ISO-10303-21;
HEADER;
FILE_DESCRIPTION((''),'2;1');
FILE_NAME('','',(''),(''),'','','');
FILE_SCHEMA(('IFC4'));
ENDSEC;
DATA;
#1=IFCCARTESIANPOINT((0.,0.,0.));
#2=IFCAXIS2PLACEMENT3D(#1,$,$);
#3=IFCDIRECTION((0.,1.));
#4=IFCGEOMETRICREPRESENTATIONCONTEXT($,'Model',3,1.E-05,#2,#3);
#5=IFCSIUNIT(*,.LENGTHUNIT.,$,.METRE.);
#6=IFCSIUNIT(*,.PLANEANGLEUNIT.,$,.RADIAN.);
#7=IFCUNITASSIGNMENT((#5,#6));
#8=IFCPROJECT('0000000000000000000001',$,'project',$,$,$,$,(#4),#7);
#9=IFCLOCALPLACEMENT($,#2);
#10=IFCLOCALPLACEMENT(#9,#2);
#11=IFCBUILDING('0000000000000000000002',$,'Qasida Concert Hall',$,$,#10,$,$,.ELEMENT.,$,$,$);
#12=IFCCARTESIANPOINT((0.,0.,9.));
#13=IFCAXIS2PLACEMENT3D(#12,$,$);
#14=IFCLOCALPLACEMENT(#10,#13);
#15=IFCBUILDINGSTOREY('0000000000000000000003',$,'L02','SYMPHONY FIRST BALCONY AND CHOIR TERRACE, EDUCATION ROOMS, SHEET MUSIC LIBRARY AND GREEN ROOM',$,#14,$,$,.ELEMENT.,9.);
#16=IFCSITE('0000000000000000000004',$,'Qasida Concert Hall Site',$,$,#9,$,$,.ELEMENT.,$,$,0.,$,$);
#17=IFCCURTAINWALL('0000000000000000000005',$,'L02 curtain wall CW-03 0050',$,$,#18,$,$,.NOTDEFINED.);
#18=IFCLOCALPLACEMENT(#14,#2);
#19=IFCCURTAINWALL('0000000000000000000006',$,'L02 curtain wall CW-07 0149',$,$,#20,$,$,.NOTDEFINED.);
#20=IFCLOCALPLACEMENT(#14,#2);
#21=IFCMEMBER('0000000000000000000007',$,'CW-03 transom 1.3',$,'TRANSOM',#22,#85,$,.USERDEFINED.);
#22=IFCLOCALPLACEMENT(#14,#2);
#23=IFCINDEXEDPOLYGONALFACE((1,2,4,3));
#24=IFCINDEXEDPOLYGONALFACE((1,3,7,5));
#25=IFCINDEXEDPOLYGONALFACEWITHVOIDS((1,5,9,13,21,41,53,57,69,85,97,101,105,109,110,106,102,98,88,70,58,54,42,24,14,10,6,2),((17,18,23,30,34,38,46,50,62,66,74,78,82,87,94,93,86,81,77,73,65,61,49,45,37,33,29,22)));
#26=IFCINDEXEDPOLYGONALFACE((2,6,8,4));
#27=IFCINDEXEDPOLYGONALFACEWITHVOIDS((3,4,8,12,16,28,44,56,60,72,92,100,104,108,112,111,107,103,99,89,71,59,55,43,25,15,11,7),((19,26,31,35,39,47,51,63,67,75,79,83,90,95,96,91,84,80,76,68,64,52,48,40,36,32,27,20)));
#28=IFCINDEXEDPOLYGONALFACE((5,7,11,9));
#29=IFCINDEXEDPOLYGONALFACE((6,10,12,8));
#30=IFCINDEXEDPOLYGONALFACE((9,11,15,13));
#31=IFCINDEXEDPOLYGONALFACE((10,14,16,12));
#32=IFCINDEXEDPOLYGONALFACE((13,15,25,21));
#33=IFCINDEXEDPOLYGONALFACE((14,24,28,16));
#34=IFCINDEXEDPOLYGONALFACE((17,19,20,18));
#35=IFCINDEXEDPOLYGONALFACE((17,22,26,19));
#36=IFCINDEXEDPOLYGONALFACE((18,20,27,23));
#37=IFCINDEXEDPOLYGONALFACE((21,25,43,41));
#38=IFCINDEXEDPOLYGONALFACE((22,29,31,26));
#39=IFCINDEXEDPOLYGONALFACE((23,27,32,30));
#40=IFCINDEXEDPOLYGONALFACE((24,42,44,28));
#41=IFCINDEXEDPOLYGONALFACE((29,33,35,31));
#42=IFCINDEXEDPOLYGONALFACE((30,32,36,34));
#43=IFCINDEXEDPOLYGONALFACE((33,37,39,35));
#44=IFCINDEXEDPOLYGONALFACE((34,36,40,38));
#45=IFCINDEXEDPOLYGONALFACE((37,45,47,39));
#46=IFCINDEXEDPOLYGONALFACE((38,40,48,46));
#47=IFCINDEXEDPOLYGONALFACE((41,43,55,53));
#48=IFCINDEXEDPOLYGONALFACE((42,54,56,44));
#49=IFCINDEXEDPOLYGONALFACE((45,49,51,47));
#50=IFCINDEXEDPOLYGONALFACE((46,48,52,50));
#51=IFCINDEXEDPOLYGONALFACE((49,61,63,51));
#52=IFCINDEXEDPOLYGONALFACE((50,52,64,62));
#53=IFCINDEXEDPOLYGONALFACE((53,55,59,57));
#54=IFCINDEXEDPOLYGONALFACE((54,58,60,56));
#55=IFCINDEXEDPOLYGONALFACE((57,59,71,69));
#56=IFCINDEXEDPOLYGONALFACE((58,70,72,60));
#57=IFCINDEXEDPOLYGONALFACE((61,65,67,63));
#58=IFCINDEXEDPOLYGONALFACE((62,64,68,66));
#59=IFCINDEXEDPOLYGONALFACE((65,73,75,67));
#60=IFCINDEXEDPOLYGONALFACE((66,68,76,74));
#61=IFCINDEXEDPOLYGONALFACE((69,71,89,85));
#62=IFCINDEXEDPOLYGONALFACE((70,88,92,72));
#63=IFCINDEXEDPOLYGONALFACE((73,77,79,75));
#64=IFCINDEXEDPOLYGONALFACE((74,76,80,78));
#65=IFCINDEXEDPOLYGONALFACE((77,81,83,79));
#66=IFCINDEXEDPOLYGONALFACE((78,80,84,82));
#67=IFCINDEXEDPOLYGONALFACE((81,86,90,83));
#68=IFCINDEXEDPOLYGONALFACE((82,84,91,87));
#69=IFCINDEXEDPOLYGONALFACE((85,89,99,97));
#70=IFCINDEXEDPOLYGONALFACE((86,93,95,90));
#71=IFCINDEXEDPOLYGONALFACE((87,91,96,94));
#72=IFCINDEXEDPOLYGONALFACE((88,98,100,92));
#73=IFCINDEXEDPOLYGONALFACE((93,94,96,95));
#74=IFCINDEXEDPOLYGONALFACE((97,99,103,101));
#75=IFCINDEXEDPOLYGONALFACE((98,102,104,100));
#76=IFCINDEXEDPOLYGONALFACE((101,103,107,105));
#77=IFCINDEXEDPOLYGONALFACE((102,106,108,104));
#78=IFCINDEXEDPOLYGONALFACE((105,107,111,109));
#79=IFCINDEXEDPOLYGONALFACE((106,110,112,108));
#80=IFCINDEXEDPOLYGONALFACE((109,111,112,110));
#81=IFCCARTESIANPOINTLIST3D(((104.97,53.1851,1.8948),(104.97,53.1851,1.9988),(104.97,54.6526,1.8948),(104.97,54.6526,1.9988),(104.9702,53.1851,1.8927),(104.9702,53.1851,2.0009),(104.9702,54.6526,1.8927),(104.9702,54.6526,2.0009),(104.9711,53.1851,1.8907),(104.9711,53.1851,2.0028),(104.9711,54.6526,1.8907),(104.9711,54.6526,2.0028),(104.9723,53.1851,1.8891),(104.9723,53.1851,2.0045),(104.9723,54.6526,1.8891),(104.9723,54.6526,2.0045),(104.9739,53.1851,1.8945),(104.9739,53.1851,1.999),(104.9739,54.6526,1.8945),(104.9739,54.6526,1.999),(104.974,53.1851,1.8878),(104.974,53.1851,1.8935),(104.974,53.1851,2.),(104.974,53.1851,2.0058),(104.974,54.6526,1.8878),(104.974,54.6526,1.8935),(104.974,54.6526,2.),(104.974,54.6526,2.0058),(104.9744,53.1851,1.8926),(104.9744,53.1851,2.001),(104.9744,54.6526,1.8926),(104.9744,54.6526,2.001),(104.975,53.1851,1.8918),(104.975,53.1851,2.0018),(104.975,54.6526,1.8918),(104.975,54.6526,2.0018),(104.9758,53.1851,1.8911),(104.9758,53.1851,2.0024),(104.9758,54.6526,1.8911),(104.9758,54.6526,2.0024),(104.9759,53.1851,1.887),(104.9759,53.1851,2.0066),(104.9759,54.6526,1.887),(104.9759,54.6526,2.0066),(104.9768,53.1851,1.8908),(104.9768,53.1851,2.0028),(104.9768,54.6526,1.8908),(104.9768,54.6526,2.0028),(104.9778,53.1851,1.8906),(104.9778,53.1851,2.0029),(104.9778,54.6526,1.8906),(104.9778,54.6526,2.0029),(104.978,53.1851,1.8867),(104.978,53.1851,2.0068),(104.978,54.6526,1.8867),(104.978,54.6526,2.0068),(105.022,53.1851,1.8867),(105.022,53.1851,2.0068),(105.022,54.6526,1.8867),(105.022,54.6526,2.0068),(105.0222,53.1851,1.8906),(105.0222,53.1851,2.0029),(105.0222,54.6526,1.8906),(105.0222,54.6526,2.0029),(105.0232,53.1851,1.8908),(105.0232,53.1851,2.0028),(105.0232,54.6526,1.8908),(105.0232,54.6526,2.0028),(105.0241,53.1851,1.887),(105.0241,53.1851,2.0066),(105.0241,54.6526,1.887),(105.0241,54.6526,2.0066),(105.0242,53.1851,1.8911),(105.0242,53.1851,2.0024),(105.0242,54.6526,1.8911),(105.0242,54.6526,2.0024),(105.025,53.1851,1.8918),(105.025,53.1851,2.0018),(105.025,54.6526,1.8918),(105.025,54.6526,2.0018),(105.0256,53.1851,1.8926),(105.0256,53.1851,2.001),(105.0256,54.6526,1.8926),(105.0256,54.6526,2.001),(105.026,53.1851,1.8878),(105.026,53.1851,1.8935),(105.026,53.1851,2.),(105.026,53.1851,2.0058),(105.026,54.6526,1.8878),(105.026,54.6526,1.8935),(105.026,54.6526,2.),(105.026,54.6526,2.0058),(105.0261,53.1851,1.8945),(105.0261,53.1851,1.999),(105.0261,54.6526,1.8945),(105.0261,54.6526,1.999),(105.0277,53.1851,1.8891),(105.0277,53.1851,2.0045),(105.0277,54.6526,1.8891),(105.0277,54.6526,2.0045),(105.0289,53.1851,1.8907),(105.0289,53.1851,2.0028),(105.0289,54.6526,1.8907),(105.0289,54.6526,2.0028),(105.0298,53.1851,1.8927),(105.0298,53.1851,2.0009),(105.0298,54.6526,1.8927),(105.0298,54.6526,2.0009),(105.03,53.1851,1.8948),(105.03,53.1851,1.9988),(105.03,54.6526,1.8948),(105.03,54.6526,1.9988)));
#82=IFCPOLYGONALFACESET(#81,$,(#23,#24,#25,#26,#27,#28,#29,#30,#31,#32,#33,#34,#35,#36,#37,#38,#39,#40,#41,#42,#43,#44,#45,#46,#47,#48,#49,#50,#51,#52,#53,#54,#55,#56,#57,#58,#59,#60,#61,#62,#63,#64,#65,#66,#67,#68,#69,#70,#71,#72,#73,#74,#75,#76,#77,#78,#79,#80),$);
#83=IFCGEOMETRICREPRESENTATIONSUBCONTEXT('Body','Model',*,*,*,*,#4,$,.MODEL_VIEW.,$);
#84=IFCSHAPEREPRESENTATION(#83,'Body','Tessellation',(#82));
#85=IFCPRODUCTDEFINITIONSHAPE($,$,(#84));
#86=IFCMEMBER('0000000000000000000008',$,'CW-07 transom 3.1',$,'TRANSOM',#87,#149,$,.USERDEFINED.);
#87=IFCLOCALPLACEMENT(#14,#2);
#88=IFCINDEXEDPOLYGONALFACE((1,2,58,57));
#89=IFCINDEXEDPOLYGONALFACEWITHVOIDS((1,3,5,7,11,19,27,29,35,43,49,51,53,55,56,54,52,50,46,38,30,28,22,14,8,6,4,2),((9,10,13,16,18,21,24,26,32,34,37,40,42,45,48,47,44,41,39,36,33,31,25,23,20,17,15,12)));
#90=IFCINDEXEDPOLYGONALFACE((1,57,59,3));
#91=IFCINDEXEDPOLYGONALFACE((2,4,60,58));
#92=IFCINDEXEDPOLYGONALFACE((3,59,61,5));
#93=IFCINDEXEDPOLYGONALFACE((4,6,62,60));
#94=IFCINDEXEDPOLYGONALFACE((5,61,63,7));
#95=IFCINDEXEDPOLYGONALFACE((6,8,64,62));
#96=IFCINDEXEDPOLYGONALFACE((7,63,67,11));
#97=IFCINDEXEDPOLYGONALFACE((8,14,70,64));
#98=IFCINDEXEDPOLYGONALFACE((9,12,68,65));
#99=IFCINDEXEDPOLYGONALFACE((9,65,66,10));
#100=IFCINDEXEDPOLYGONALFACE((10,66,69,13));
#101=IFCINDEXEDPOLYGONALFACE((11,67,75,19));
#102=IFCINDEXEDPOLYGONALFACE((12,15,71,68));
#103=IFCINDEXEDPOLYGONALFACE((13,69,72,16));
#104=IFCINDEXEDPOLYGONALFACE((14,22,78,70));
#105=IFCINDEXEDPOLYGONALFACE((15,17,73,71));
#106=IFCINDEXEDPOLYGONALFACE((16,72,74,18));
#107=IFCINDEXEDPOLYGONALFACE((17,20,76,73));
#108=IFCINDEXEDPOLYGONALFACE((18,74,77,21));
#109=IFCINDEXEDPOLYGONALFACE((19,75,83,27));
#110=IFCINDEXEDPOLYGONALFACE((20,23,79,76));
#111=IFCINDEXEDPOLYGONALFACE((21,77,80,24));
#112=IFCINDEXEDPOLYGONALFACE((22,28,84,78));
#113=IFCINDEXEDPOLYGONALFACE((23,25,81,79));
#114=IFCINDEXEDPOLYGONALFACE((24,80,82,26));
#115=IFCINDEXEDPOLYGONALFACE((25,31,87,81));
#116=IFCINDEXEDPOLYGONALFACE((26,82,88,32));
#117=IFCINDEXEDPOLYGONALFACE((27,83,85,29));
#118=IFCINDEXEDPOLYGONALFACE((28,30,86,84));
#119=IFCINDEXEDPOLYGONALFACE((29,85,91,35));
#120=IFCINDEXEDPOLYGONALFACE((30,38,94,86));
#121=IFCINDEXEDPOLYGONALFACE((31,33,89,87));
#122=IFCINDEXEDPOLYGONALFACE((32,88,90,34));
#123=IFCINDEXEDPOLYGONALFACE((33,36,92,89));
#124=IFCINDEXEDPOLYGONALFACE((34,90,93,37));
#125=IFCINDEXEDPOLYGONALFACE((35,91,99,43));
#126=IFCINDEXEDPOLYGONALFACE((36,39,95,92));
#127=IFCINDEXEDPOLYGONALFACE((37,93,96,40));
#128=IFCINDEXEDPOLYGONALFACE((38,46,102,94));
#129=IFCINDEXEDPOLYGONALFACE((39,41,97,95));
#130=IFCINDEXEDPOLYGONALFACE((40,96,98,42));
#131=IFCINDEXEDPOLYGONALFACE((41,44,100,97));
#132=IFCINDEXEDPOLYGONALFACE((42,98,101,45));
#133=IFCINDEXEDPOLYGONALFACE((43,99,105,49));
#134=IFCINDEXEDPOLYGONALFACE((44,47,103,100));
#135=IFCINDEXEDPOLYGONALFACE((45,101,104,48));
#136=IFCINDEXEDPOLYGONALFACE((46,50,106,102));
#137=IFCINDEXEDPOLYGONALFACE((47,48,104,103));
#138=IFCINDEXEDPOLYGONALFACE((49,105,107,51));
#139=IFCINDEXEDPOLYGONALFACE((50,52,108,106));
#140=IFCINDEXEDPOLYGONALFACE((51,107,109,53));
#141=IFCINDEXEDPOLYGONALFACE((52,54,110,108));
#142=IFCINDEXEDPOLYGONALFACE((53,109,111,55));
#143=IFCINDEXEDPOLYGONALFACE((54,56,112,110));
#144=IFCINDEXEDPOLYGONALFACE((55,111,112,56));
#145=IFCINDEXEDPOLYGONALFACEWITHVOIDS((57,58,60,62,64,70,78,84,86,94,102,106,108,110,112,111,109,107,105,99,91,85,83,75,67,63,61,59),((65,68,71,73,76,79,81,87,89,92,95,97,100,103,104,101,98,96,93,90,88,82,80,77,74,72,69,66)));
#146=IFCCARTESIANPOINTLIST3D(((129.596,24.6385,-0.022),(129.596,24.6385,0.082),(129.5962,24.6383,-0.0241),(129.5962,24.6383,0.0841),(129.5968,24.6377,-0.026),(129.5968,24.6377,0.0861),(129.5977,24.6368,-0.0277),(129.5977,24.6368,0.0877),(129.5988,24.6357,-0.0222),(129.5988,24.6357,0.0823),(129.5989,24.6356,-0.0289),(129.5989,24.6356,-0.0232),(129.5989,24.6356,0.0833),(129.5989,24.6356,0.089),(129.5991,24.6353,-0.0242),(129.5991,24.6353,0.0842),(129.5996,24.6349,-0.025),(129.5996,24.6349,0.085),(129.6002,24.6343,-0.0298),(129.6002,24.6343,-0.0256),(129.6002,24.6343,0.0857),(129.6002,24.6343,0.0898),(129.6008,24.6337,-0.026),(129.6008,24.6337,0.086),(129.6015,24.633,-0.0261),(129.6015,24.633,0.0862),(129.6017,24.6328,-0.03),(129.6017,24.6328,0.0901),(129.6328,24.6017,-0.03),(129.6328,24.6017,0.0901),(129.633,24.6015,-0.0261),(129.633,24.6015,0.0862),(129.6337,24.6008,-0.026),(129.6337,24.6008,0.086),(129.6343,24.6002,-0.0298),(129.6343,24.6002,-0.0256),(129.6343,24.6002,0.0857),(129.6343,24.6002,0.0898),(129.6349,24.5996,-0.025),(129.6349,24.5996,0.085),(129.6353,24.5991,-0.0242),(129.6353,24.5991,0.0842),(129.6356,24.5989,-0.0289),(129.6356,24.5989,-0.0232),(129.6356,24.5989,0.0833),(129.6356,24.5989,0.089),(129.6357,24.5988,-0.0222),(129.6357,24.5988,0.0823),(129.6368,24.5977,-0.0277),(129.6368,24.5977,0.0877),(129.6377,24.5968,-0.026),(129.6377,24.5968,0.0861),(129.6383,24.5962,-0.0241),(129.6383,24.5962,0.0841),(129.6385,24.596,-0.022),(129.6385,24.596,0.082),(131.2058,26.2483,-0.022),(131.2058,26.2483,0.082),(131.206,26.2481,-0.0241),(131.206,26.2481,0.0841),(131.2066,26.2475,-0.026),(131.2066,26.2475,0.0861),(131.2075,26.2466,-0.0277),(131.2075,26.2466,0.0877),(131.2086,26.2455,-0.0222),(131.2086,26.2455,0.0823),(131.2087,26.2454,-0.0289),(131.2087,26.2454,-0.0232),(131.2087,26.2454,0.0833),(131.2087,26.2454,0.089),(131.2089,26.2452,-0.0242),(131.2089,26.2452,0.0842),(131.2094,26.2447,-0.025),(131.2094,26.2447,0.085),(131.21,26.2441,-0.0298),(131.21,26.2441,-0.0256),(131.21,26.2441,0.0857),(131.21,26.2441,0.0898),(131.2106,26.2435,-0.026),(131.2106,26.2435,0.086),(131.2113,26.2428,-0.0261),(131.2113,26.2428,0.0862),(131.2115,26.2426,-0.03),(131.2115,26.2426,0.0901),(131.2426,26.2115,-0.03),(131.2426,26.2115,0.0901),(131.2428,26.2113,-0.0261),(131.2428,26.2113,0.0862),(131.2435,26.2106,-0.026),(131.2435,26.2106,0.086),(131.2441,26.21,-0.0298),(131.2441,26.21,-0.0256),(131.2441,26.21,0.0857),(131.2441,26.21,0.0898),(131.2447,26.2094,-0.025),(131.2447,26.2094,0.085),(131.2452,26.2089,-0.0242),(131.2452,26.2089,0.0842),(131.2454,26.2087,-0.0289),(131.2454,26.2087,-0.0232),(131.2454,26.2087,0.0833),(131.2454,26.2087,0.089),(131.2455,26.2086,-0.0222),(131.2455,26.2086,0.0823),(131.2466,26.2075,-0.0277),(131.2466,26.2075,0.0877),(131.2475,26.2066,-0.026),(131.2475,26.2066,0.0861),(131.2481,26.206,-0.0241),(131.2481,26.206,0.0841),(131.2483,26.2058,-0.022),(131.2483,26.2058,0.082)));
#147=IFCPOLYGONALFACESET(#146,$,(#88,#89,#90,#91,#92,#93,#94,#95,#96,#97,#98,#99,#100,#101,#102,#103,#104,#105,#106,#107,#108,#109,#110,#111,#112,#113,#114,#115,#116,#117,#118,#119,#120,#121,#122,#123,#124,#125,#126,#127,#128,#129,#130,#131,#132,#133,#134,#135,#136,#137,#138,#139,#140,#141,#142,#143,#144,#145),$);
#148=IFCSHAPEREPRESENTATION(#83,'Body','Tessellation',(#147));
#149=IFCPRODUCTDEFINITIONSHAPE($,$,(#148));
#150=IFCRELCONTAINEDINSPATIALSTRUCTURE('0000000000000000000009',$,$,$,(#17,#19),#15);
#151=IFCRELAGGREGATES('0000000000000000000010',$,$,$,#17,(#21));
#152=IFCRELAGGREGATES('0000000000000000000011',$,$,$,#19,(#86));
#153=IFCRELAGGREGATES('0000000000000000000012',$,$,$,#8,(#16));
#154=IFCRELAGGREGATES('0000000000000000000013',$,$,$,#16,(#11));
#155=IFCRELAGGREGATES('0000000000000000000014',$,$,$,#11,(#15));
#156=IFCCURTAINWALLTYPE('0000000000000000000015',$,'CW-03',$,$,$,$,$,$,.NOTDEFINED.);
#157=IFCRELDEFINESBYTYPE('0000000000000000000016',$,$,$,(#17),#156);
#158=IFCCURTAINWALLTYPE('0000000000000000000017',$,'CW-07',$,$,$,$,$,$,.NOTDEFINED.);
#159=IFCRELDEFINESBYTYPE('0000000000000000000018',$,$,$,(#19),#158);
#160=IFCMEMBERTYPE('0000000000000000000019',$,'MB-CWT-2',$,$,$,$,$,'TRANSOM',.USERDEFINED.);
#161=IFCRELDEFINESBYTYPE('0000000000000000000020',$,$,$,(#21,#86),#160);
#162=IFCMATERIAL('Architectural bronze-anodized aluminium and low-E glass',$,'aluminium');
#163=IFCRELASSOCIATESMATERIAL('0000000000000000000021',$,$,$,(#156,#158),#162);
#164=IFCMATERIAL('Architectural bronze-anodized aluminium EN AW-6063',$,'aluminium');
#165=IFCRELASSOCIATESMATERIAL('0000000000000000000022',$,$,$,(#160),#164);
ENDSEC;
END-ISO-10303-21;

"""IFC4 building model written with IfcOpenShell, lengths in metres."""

from ifc_helpers import new_model, si_unit, direction, frame, origin, origin_2d, place, context, subcontext, project, spatial, hollow_rectangle, extrude, material, material_profile, profile_set, type_object, element, aggregate, save


model = new_model("IFC4")

# Units and contexts
model_context = context("Model", 3, precision=1e-05, world=origin(), true_north=direction((0.0, 1.0)))
body_context = subcontext(model_context, "Body", "Model", "MODEL_VIEW")
ifc_project = project(units=[si_unit("LENGTHUNIT", "METRE"), si_unit("PLANEANGLEUNIT", "RADIAN")], contexts=[model_context])

# Site, building, storey
site_placement = place(None, origin())
site = spatial("IfcSite", under=ifc_project, at=site_placement, Name="Qasida Concert Hall Site", CompositionType="ELEMENT", RefElevation=0.0)
building_placement = place(site_placement, origin())
building = spatial("IfcBuilding", under=site, at=building_placement, Name="Qasida Concert Hall", CompositionType="ELEMENT")
storey_placement = place(building_placement, frame((0.0, 0.0, 9.0)))
storey = spatial("IfcBuildingStorey", under=building, at=storey_placement, Name="L02", Description="SYMPHONY FIRST BALCONY AND CHOIR TERRACE, EDUCATION ROOMS, SHEET MUSIC LIBRARY AND GREEN ROOM", CompositionType="ELEMENT", Elevation=9.0)

# Curtain walls
ifc_material_1 = material(Name="Architectural bronze-anodized aluminium and low-E glass", Category="aluminium")
curtain_wall_type_1 = type_object("IfcCurtainWallType", Name="CW-03", PredefinedType="NOTDEFINED", material=ifc_material_1)
curtain_wall_1_placement = place(storey_placement, origin())
curtain_wall_1 = element("IfcCurtainWall", 1, at=curtain_wall_1_placement, inside=storey, type_object=curtain_wall_type_1, Name="L02 curtain wall CW-03 0050", PredefinedType="NOTDEFINED")
ifc_material_2 = material(Name="Architectural bronze-anodized aluminium EN AW-6063", Category="aluminium")
curtain_wall_type_2 = type_object("IfcCurtainWallType", Name="CW-07", PredefinedType="NOTDEFINED", material=ifc_material_1)
curtain_wall_2_placement = place(storey_placement, origin())
curtain_wall_2 = element("IfcCurtainWall", 2, at=curtain_wall_2_placement, inside=storey, type_object=curtain_wall_type_2, Name="L02 curtain wall CW-07 0149", PredefinedType="NOTDEFINED")

# Shared definitions
ifc_material_profile_1 = material_profile(ifc_material_2, hollow_rectangle(XDim=0.0601, YDim=0.1201, WallThickness=0.0039, InnerFilletRadius=0.0039, OuterFilletRadius=0.0081, at=origin_2d()), Name="CWT 120x60x4")
ifc_profile_set_1 = profile_set([ifc_material_profile_1], Name="Architectural bronze-anodized aluminium EN AW-6063")
member_type_1 = type_object("IfcMemberType", Name="MB-CWT-2", ElementType="TRANSOM", PredefinedType="USERDEFINED", material=ifc_profile_set_1)

# Members
member_1_placement = place(storey_placement, frame((105.0, 53.1851, 1.9468), z_axis=(0.0, 1.0, 0.0), x_axis=(-1.0, 0.0, 0.0)))
member_1 = element("IfcMember", 3, at=member_1_placement, type_object=member_type_1, Name="CW-03 transom 1.3", ObjectType="TRANSOM", PredefinedType="USERDEFINED", context=body_context, shape_type="SweptSolid", body=[
    extrude(hollow_rectangle(XDim=0.0601, YDim=0.1201, WallThickness=0.0039, InnerFilletRadius=0.0039, OuterFilletRadius=0.0081, at=origin_2d()), origin(), (0.0, 0.0, 1.0), 1.4675),
])
aggregate(curtain_wall_1, [member_1])
member_2_placement = place(storey_placement, frame((131.2271, 26.2271, 0.03), z_axis=(-0.707107, -0.707107, 0.0), x_axis=(0.707107, -0.707107, 0.0)))
member_2 = element("IfcMember", 4, at=member_2_placement, type_object=member_type_1, Name="CW-07 transom 3.1", ObjectType="TRANSOM", PredefinedType="USERDEFINED", context=body_context, shape_type="SweptSolid", body=[
    extrude(hollow_rectangle(XDim=0.0601, YDim=0.1201, WallThickness=0.0039, InnerFilletRadius=0.0039, OuterFilletRadius=0.0081, at=origin_2d()), origin(), (0.0, 0.0, 1.0), 2.2766),
])

aggregate(curtain_wall_2, [member_2])

save(model, "model.ifc")
